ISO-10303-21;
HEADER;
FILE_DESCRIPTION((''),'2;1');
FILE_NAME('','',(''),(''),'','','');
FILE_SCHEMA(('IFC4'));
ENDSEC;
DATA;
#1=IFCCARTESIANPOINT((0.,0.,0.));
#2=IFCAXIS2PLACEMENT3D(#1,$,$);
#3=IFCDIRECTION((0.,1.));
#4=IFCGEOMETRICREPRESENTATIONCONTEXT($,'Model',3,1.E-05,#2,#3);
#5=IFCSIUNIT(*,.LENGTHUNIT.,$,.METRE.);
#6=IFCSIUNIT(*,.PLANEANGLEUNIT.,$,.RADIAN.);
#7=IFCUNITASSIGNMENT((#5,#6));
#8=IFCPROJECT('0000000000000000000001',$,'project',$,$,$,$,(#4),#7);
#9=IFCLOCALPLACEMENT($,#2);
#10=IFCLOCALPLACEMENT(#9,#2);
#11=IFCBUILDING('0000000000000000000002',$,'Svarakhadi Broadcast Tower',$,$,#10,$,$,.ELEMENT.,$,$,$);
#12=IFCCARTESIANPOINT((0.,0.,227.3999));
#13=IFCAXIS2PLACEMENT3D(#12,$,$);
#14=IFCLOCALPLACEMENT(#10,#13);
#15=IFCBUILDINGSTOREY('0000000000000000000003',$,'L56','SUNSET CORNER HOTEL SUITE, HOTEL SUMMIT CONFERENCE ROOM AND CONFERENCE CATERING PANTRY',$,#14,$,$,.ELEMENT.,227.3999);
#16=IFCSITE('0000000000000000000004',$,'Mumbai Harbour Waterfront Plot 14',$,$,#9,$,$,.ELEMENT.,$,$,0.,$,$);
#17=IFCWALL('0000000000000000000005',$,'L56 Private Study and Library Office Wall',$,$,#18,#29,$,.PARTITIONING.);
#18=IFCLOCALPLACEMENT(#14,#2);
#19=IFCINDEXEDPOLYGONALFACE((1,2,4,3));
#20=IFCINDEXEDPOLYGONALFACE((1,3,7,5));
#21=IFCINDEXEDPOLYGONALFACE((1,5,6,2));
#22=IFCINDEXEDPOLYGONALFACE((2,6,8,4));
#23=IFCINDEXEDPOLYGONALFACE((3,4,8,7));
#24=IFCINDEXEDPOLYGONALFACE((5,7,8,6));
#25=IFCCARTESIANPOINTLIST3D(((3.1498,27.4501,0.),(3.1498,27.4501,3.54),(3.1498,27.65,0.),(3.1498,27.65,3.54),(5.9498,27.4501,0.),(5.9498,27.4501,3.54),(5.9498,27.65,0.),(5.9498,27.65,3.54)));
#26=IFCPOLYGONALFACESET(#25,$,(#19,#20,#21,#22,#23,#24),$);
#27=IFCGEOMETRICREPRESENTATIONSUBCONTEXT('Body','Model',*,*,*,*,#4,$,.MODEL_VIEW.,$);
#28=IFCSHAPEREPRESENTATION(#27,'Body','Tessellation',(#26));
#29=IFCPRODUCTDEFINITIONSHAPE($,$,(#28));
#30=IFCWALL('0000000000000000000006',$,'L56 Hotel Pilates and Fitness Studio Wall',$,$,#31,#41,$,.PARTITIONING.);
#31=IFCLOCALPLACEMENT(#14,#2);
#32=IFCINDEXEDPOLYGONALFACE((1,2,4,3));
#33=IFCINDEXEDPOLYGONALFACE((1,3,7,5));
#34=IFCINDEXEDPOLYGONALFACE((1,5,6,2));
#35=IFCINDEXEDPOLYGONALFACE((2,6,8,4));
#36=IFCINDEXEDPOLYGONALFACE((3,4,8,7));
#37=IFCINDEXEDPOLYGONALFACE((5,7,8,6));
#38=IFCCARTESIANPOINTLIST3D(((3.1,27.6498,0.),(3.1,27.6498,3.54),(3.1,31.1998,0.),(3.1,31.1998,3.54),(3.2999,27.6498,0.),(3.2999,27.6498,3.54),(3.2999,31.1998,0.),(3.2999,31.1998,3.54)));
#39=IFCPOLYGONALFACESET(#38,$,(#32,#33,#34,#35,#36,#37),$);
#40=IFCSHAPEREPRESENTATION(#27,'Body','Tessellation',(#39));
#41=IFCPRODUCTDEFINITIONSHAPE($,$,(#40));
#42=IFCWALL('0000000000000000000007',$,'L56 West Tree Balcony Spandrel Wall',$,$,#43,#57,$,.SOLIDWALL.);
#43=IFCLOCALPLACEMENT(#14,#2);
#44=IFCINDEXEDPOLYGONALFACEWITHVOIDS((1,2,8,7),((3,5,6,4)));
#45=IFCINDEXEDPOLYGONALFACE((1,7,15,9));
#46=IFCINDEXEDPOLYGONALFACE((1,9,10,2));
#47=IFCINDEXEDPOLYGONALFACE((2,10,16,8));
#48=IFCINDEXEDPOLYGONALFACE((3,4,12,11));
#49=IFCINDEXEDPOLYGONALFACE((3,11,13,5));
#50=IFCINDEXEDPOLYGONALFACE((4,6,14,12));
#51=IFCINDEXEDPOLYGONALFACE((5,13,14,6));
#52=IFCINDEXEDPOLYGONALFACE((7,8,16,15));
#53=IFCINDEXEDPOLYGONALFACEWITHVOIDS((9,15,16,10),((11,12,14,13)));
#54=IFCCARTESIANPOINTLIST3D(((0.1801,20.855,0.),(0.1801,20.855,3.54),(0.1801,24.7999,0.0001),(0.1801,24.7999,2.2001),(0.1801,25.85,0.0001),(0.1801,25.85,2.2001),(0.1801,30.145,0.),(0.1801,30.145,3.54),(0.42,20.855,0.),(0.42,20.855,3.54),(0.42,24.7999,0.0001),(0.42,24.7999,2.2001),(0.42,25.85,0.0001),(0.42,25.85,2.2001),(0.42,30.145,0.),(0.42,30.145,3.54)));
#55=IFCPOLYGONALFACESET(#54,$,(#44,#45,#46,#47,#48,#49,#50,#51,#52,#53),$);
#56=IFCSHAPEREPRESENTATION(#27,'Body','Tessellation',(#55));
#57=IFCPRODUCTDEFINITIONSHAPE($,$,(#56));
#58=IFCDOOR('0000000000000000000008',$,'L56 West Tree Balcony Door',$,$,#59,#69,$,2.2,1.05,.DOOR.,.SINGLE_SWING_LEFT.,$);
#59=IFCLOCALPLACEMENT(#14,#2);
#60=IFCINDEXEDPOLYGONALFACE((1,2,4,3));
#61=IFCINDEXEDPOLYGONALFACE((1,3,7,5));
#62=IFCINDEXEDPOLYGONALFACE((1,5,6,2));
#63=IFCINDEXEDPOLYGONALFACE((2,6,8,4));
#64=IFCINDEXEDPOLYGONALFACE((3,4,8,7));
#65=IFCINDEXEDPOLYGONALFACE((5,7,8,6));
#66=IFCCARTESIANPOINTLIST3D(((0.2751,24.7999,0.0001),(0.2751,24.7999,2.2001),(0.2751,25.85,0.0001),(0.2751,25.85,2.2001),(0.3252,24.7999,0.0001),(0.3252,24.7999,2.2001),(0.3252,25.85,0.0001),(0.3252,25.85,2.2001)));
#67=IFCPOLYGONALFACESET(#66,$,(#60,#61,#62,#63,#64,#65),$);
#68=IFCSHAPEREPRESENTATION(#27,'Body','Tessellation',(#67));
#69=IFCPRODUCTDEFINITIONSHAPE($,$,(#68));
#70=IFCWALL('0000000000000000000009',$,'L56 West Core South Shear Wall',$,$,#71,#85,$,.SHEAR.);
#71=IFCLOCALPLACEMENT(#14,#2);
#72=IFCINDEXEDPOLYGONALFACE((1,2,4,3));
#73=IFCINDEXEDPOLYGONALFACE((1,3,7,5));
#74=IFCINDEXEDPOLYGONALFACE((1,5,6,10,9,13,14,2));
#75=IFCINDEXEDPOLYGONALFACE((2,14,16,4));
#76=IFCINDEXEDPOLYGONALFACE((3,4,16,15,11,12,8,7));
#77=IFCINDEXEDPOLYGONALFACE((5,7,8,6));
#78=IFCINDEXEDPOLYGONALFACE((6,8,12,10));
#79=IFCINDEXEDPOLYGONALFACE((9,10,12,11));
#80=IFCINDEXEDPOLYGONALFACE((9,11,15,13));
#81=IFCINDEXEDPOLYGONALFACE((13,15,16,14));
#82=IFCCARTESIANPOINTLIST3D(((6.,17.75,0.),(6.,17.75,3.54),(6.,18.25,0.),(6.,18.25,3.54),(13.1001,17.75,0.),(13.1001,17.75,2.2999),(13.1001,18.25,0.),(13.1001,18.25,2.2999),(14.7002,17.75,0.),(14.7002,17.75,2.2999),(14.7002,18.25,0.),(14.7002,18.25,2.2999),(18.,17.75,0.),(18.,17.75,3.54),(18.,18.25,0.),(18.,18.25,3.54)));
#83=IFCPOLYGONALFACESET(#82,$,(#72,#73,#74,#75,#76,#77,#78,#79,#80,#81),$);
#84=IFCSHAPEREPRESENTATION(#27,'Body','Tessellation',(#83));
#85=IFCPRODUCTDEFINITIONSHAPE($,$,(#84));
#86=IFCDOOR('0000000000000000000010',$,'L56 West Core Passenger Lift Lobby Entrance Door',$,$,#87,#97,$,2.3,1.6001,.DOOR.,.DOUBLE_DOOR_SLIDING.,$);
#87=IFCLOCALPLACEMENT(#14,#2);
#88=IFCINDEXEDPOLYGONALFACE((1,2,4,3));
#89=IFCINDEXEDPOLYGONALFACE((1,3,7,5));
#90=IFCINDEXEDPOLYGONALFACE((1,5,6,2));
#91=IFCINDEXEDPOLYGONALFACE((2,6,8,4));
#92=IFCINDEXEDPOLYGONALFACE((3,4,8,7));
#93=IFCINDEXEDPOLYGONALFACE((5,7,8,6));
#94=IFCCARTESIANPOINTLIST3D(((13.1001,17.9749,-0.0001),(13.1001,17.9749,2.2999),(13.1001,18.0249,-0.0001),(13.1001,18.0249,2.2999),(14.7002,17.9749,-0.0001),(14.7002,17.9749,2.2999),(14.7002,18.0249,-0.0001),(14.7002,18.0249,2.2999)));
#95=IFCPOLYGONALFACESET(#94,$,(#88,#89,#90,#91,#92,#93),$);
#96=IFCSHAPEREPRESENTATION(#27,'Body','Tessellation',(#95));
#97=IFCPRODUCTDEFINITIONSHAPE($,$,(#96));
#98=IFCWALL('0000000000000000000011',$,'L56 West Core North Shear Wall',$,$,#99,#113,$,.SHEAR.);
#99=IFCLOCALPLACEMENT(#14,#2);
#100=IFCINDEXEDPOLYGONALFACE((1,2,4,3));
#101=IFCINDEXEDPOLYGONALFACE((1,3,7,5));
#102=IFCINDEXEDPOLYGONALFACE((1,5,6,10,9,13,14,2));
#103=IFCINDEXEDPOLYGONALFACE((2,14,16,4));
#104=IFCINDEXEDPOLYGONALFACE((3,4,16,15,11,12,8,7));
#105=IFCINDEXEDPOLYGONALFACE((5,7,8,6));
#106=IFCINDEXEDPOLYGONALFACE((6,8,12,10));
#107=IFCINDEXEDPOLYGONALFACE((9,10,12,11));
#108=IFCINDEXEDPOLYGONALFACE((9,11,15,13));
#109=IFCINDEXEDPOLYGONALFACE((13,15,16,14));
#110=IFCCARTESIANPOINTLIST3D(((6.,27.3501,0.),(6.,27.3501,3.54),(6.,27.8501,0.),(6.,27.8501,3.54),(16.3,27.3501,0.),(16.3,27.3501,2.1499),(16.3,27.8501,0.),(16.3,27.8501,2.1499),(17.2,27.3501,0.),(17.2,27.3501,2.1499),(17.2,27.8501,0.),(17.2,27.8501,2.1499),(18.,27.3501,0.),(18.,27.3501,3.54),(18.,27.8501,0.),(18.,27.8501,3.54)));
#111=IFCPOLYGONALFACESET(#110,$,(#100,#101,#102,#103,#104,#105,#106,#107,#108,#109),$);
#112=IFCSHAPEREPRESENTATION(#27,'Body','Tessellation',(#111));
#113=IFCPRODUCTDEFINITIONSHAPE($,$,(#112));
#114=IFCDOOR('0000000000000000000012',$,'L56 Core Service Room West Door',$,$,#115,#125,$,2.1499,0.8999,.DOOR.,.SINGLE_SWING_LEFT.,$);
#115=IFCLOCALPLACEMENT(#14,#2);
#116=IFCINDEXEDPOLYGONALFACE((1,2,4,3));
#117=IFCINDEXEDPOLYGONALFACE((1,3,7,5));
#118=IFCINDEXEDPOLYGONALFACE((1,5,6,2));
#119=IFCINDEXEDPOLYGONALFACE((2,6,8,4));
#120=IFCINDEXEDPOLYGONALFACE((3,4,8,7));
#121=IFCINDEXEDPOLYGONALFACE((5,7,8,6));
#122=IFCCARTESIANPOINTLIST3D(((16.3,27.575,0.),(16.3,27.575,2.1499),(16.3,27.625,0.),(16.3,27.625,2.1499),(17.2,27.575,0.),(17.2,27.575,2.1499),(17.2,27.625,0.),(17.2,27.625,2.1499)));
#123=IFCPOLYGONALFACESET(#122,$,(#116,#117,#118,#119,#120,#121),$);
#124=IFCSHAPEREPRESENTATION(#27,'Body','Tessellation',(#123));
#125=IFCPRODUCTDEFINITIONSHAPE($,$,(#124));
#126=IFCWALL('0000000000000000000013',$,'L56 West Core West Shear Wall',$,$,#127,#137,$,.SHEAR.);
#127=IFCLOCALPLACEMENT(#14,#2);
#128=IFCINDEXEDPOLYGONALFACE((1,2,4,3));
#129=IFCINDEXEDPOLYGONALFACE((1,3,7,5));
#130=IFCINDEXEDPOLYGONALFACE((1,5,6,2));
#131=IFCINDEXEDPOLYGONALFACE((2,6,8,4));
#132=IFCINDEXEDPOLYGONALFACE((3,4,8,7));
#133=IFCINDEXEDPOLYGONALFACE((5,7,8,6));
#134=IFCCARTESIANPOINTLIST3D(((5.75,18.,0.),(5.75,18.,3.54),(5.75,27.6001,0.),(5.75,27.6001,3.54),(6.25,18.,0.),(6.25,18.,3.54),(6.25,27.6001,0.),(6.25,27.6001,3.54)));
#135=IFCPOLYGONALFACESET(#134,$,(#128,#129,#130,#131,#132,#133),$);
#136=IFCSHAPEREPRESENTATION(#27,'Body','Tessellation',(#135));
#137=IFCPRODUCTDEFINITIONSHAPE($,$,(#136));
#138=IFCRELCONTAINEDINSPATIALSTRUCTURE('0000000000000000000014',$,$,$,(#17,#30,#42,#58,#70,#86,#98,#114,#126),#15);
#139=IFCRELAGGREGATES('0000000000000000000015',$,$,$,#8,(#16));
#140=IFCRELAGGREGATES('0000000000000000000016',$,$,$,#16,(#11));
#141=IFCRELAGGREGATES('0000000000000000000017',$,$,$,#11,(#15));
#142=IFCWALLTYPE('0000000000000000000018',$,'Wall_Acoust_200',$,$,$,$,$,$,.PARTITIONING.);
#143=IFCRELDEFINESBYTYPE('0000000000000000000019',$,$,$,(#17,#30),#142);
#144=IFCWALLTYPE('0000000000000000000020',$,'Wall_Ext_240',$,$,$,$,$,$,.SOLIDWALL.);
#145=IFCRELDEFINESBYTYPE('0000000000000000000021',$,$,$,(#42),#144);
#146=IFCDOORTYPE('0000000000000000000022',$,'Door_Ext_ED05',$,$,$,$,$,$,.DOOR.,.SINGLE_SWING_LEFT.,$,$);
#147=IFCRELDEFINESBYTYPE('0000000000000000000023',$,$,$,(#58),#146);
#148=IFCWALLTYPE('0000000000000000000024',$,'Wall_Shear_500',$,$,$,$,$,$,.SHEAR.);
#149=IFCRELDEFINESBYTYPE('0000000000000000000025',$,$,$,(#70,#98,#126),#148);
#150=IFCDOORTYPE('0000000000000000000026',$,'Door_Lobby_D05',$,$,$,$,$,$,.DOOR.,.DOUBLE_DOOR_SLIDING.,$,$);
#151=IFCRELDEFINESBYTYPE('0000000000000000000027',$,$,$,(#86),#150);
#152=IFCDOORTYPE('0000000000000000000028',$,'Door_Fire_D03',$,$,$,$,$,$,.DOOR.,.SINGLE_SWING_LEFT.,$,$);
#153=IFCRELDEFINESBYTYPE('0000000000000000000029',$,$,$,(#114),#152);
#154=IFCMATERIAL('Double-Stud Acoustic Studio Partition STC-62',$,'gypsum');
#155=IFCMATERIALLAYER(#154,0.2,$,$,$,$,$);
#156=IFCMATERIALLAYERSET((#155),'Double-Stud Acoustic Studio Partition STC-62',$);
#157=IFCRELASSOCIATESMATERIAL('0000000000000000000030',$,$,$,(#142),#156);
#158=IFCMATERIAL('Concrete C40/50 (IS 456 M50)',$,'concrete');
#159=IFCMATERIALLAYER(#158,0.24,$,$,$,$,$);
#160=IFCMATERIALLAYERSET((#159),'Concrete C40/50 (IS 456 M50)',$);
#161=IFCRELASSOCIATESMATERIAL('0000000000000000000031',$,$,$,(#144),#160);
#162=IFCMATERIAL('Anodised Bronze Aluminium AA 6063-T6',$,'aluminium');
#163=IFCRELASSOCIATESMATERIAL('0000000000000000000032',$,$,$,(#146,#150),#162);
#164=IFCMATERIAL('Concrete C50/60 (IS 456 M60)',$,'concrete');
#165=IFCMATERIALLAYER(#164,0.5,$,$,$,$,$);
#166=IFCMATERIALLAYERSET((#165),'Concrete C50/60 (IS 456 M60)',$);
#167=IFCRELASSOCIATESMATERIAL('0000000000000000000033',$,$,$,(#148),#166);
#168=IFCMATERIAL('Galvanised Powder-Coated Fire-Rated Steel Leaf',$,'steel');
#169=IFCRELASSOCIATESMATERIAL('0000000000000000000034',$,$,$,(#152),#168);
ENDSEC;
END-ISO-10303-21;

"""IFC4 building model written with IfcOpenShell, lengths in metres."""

from ifc_helpers import new_model, si_unit, direction, frame, frame_2d, origin, place, context, subcontext, project, spatial, rectangle, extrude, material, layer, layer_set, type_object, element, fill, save


model = new_model("IFC4")

# Units and contexts
model_context = context("Model", 3, precision=1e-05, world=origin(), true_north=direction((0.0, 1.0)))
body_context = subcontext(model_context, "Body", "Model", "MODEL_VIEW")
ifc_project = project(units=[si_unit("LENGTHUNIT", "METRE"), si_unit("PLANEANGLEUNIT", "RADIAN")], contexts=[model_context])

# Site, building, storey
site_placement = place(None, origin())
site = spatial("IfcSite", under=ifc_project, at=site_placement, Name="Mumbai Harbour Waterfront Plot 14", CompositionType="ELEMENT", RefElevation=0.0)
building_placement = place(site_placement, origin())
building = spatial("IfcBuilding", under=site, at=building_placement, Name="Svarakhadi Broadcast Tower", CompositionType="ELEMENT")
storey_placement = place(building_placement, frame((0.0, 0.0, 227.3999)))
storey = spatial("IfcBuildingStorey", under=building, at=storey_placement, Name="L56", Description="SUNSET CORNER HOTEL SUITE, HOTEL SUMMIT CONFERENCE ROOM AND CONFERENCE CATERING PANTRY", CompositionType="ELEMENT", Elevation=227.3999)

# Shared definitions
ifc_material_1 = material(Name="Concrete C50/60 (IS 456 M60)", Category="concrete")

# Shared definitions
ifc_material_2 = material(Name="Anodised Bronze Aluminium AA 6063-T6", Category="aluminium")

# Walls
ifc_material_3 = material(Name="Double-Stud Acoustic Studio Partition STC-62", Category="gypsum")
ifc_layer_1 = layer(ifc_material_3, 0.2)
ifc_layer_set_1 = layer_set([ifc_layer_1], Name="Double-Stud Acoustic Studio Partition STC-62")
wall_type_1 = type_object("IfcWallType", Name="Wall_Acoust_200", PredefinedType="PARTITIONING", material=ifc_layer_set_1)
wall_1_placement = place(storey_placement, frame((3.1499, 27.55, 0.0), z_axis=(0.0, 0.0, 1.0), x_axis=(1.0, 0.0, 0.0)))
element("IfcWall", 1, at=wall_1_placement, inside=storey, type_object=wall_type_1, Name="L56 Private Study and Library Office Wall", PredefinedType="PARTITIONING", context=body_context, shape_type="SweptSolid", body=[
    extrude(rectangle(XDim=2.8, YDim=0.2, at=frame_2d((1.3999, 0.0))), origin(), (0.0, 0.0, 1.0), 3.54),
])
wall_2_placement = place(storey_placement, frame((3.2, 27.6499, 0.0), z_axis=(0.0, 0.0, 1.0), x_axis=(0.0, 1.0, 0.0)))
element("IfcWall", 2, at=wall_2_placement, inside=storey, type_object=wall_type_1, Name="L56 Hotel Pilates and Fitness Studio Wall", PredefinedType="PARTITIONING", context=body_context, shape_type="SweptSolid", body=[
    extrude(rectangle(XDim=3.55, YDim=0.2, at=frame_2d((1.7749, 0.0))), origin(), (0.0, 0.0, 1.0), 3.54),
])

# Walls, openings, doors
ifc_material_4 = material(Name="Concrete C40/50 (IS 456 M50)", Category="concrete")
ifc_layer_2 = layer(ifc_material_4, 0.24)
ifc_layer_set_2 = layer_set([ifc_layer_2], Name="Concrete C40/50 (IS 456 M50)")
wall_type_2 = type_object("IfcWallType", Name="Wall_Ext_240", PredefinedType="SOLIDWALL", material=ifc_layer_set_2)
wall_3_placement = place(storey_placement, frame((0.3, 20.855, 0.0), z_axis=(0.0, 0.0, 1.0), x_axis=(0.0, 1.0, 0.0)))
wall_3 = element("IfcWall", 3, at=wall_3_placement, inside=storey, type_object=wall_type_2, Name="L56 West Tree Balcony Spandrel Wall", PredefinedType="SOLIDWALL", context=body_context, shape_type="SweptSolid", body=[
    extrude(rectangle(XDim=9.29, YDim=0.24, at=frame_2d((4.645, 0.0))), origin(), (0.0, 0.0, 1.0), 3.54),
])
opening_1_placement = place(wall_3_placement, frame((3.9451, 0.0, 0.0)))
opening_1 = element("IfcOpeningElement", 4, at=opening_1_placement, cuts=wall_3, PredefinedType="OPENING", context=body_context, shape_type="SweptSolid", body=[
    extrude(rectangle(XDim=1.05, YDim=2.2, at=frame_2d((0.5249, 1.1001))), frame((0.0, 0.1299, 0.0), z_axis=(0.0, -1.0, 0.0), x_axis=(1.0, 0.0, 0.0)), (0.0, 0.0, 1.0), 0.26),
])
door_type_1 = type_object("IfcDoorType", Name="Door_Ext_ED05", OperationType="SINGLE_SWING_LEFT", PredefinedType="DOOR", material=ifc_material_2)
door_1_placement = place(opening_1_placement, origin())
door_1 = element("IfcDoor", 5, at=door_1_placement, inside=storey, type_object=door_type_1, Name="L56 West Tree Balcony Door", OperationType="SINGLE_SWING_LEFT", OverallHeight=2.2, OverallWidth=1.05, PredefinedType="DOOR", context=body_context, shape_type="SweptSolid", body=[
    extrude(rectangle(XDim=1.05, YDim=2.2, at=frame_2d((0.5249, 1.1001))), frame((0.0, 0.0249, 0.0), z_axis=(0.0, -1.0, 0.0), x_axis=(1.0, 0.0, 0.0)), (0.0, 0.0, 1.0), 0.05),
])
fill(opening_1, door_1)
ifc_layer_3 = layer(ifc_material_1, 0.5)
ifc_layer_set_3 = layer_set([ifc_layer_3], Name="Concrete C50/60 (IS 456 M60)")
wall_type_3 = type_object("IfcWallType", Name="Wall_Shear_500", PredefinedType="SHEAR", material=ifc_layer_set_3)
wall_4_placement = place(storey_placement, frame((6.0, 18.0, 0.0), z_axis=(0.0, 0.0, 1.0), x_axis=(1.0, 0.0, 0.0)))
wall_4 = element("IfcWall", 6, at=wall_4_placement, inside=storey, type_object=wall_type_3, Name="L56 West Core South Shear Wall", PredefinedType="SHEAR", context=body_context, shape_type="SweptSolid", body=[
    extrude(rectangle(XDim=12.0, YDim=0.5, at=frame_2d((6.0, 0.0))), origin(), (0.0, 0.0, 1.0), 3.54),
])
opening_2_placement = place(wall_4_placement, frame((7.1001, 0.0, 0.0)))
opening_2 = element("IfcOpeningElement", 7, at=opening_2_placement, cuts=wall_4, PredefinedType="OPENING", context=body_context, shape_type="SweptSolid", body=[
    extrude(rectangle(XDim=1.6001, YDim=2.3, at=frame_2d((0.8, 1.1499))), frame((0.0, 0.26, 0.0), z_axis=(0.0, -1.0, 0.0), x_axis=(1.0, 0.0, 0.0)), (0.0, 0.0, 1.0), 0.52),
])
door_type_2 = type_object("IfcDoorType", Name="Door_Lobby_D05", OperationType="DOUBLE_DOOR_SLIDING", PredefinedType="DOOR", material=ifc_material_2)
door_2_placement = place(opening_2_placement, origin())
door_2 = element("IfcDoor", 8, at=door_2_placement, inside=storey, type_object=door_type_2, Name="L56 West Core Passenger Lift Lobby Entrance Door", OperationType="DOUBLE_DOOR_SLIDING", OverallHeight=2.3, OverallWidth=1.6001, PredefinedType="DOOR", context=body_context, shape_type="SweptSolid", body=[
    extrude(rectangle(XDim=1.6001, YDim=2.3, at=frame_2d((0.8, 1.1499))), frame((0.0, 0.0249, 0.0), z_axis=(0.0, -1.0, 0.0), x_axis=(1.0, 0.0, 0.0)), (0.0, 0.0, 1.0), 0.05),
])
fill(opening_2, door_2)
wall_5_placement = place(storey_placement, frame((6.0, 27.6001, 0.0), z_axis=(0.0, 0.0, 1.0), x_axis=(1.0, 0.0, 0.0)))
wall_5 = element("IfcWall", 9, at=wall_5_placement, inside=storey, type_object=wall_type_3, Name="L56 West Core North Shear Wall", PredefinedType="SHEAR", context=body_context, shape_type="SweptSolid", body=[
    extrude(rectangle(XDim=12.0, YDim=0.5, at=frame_2d((6.0, 0.0))), origin(), (0.0, 0.0, 1.0), 3.54),
])
opening_3_placement = place(wall_5_placement, frame((10.3, 0.0, 0.0)))
opening_3 = element("IfcOpeningElement", 10, at=opening_3_placement, cuts=wall_5, PredefinedType="OPENING", context=body_context, shape_type="SweptSolid", body=[
    extrude(rectangle(XDim=0.8999, YDim=2.1499, at=frame_2d((0.45, 1.075))), frame((0.0, 0.26, 0.0), z_axis=(0.0, -1.0, 0.0), x_axis=(1.0, 0.0, 0.0)), (0.0, 0.0, 1.0), 0.52),
])
ifc_material_5 = material(Name="Galvanised Powder-Coated Fire-Rated Steel Leaf", Category="steel")
door_type_3 = type_object("IfcDoorType", Name="Door_Fire_D03", OperationType="SINGLE_SWING_LEFT", PredefinedType="DOOR", material=ifc_material_5)
door_3_placement = place(opening_3_placement, origin())
door_3 = element("IfcDoor", 11, at=door_3_placement, inside=storey, type_object=door_type_3, Name="L56 Core Service Room West Door", OperationType="SINGLE_SWING_LEFT", OverallHeight=2.1499, OverallWidth=0.8999, PredefinedType="DOOR", context=body_context, shape_type="SweptSolid", body=[
    extrude(rectangle(XDim=0.8999, YDim=2.1499, at=frame_2d((0.45, 1.075))), frame((0.0, 0.0249, 0.0), z_axis=(0.0, -1.0, 0.0), x_axis=(1.0, 0.0, 0.0)), (0.0, 0.0, 1.0), 0.05),
])
fill(opening_3, door_3)

# Wall
wall_6_placement = place(storey_placement, frame((6.0, 18.0, 0.0), z_axis=(0.0, 0.0, 1.0), x_axis=(0.0, 1.0, 0.0)))
element("IfcWall", 12, at=wall_6_placement, inside=storey, type_object=wall_type_3, Name="L56 West Core West Shear Wall", PredefinedType="SHEAR", context=body_context, shape_type="SweptSolid", body=[
    extrude(rectangle(XDim=9.6001, YDim=0.5, at=frame_2d((4.8, 0.0))), origin(), (0.0, 0.0, 1.0), 3.54),
])

save(model, "model.ifc")
